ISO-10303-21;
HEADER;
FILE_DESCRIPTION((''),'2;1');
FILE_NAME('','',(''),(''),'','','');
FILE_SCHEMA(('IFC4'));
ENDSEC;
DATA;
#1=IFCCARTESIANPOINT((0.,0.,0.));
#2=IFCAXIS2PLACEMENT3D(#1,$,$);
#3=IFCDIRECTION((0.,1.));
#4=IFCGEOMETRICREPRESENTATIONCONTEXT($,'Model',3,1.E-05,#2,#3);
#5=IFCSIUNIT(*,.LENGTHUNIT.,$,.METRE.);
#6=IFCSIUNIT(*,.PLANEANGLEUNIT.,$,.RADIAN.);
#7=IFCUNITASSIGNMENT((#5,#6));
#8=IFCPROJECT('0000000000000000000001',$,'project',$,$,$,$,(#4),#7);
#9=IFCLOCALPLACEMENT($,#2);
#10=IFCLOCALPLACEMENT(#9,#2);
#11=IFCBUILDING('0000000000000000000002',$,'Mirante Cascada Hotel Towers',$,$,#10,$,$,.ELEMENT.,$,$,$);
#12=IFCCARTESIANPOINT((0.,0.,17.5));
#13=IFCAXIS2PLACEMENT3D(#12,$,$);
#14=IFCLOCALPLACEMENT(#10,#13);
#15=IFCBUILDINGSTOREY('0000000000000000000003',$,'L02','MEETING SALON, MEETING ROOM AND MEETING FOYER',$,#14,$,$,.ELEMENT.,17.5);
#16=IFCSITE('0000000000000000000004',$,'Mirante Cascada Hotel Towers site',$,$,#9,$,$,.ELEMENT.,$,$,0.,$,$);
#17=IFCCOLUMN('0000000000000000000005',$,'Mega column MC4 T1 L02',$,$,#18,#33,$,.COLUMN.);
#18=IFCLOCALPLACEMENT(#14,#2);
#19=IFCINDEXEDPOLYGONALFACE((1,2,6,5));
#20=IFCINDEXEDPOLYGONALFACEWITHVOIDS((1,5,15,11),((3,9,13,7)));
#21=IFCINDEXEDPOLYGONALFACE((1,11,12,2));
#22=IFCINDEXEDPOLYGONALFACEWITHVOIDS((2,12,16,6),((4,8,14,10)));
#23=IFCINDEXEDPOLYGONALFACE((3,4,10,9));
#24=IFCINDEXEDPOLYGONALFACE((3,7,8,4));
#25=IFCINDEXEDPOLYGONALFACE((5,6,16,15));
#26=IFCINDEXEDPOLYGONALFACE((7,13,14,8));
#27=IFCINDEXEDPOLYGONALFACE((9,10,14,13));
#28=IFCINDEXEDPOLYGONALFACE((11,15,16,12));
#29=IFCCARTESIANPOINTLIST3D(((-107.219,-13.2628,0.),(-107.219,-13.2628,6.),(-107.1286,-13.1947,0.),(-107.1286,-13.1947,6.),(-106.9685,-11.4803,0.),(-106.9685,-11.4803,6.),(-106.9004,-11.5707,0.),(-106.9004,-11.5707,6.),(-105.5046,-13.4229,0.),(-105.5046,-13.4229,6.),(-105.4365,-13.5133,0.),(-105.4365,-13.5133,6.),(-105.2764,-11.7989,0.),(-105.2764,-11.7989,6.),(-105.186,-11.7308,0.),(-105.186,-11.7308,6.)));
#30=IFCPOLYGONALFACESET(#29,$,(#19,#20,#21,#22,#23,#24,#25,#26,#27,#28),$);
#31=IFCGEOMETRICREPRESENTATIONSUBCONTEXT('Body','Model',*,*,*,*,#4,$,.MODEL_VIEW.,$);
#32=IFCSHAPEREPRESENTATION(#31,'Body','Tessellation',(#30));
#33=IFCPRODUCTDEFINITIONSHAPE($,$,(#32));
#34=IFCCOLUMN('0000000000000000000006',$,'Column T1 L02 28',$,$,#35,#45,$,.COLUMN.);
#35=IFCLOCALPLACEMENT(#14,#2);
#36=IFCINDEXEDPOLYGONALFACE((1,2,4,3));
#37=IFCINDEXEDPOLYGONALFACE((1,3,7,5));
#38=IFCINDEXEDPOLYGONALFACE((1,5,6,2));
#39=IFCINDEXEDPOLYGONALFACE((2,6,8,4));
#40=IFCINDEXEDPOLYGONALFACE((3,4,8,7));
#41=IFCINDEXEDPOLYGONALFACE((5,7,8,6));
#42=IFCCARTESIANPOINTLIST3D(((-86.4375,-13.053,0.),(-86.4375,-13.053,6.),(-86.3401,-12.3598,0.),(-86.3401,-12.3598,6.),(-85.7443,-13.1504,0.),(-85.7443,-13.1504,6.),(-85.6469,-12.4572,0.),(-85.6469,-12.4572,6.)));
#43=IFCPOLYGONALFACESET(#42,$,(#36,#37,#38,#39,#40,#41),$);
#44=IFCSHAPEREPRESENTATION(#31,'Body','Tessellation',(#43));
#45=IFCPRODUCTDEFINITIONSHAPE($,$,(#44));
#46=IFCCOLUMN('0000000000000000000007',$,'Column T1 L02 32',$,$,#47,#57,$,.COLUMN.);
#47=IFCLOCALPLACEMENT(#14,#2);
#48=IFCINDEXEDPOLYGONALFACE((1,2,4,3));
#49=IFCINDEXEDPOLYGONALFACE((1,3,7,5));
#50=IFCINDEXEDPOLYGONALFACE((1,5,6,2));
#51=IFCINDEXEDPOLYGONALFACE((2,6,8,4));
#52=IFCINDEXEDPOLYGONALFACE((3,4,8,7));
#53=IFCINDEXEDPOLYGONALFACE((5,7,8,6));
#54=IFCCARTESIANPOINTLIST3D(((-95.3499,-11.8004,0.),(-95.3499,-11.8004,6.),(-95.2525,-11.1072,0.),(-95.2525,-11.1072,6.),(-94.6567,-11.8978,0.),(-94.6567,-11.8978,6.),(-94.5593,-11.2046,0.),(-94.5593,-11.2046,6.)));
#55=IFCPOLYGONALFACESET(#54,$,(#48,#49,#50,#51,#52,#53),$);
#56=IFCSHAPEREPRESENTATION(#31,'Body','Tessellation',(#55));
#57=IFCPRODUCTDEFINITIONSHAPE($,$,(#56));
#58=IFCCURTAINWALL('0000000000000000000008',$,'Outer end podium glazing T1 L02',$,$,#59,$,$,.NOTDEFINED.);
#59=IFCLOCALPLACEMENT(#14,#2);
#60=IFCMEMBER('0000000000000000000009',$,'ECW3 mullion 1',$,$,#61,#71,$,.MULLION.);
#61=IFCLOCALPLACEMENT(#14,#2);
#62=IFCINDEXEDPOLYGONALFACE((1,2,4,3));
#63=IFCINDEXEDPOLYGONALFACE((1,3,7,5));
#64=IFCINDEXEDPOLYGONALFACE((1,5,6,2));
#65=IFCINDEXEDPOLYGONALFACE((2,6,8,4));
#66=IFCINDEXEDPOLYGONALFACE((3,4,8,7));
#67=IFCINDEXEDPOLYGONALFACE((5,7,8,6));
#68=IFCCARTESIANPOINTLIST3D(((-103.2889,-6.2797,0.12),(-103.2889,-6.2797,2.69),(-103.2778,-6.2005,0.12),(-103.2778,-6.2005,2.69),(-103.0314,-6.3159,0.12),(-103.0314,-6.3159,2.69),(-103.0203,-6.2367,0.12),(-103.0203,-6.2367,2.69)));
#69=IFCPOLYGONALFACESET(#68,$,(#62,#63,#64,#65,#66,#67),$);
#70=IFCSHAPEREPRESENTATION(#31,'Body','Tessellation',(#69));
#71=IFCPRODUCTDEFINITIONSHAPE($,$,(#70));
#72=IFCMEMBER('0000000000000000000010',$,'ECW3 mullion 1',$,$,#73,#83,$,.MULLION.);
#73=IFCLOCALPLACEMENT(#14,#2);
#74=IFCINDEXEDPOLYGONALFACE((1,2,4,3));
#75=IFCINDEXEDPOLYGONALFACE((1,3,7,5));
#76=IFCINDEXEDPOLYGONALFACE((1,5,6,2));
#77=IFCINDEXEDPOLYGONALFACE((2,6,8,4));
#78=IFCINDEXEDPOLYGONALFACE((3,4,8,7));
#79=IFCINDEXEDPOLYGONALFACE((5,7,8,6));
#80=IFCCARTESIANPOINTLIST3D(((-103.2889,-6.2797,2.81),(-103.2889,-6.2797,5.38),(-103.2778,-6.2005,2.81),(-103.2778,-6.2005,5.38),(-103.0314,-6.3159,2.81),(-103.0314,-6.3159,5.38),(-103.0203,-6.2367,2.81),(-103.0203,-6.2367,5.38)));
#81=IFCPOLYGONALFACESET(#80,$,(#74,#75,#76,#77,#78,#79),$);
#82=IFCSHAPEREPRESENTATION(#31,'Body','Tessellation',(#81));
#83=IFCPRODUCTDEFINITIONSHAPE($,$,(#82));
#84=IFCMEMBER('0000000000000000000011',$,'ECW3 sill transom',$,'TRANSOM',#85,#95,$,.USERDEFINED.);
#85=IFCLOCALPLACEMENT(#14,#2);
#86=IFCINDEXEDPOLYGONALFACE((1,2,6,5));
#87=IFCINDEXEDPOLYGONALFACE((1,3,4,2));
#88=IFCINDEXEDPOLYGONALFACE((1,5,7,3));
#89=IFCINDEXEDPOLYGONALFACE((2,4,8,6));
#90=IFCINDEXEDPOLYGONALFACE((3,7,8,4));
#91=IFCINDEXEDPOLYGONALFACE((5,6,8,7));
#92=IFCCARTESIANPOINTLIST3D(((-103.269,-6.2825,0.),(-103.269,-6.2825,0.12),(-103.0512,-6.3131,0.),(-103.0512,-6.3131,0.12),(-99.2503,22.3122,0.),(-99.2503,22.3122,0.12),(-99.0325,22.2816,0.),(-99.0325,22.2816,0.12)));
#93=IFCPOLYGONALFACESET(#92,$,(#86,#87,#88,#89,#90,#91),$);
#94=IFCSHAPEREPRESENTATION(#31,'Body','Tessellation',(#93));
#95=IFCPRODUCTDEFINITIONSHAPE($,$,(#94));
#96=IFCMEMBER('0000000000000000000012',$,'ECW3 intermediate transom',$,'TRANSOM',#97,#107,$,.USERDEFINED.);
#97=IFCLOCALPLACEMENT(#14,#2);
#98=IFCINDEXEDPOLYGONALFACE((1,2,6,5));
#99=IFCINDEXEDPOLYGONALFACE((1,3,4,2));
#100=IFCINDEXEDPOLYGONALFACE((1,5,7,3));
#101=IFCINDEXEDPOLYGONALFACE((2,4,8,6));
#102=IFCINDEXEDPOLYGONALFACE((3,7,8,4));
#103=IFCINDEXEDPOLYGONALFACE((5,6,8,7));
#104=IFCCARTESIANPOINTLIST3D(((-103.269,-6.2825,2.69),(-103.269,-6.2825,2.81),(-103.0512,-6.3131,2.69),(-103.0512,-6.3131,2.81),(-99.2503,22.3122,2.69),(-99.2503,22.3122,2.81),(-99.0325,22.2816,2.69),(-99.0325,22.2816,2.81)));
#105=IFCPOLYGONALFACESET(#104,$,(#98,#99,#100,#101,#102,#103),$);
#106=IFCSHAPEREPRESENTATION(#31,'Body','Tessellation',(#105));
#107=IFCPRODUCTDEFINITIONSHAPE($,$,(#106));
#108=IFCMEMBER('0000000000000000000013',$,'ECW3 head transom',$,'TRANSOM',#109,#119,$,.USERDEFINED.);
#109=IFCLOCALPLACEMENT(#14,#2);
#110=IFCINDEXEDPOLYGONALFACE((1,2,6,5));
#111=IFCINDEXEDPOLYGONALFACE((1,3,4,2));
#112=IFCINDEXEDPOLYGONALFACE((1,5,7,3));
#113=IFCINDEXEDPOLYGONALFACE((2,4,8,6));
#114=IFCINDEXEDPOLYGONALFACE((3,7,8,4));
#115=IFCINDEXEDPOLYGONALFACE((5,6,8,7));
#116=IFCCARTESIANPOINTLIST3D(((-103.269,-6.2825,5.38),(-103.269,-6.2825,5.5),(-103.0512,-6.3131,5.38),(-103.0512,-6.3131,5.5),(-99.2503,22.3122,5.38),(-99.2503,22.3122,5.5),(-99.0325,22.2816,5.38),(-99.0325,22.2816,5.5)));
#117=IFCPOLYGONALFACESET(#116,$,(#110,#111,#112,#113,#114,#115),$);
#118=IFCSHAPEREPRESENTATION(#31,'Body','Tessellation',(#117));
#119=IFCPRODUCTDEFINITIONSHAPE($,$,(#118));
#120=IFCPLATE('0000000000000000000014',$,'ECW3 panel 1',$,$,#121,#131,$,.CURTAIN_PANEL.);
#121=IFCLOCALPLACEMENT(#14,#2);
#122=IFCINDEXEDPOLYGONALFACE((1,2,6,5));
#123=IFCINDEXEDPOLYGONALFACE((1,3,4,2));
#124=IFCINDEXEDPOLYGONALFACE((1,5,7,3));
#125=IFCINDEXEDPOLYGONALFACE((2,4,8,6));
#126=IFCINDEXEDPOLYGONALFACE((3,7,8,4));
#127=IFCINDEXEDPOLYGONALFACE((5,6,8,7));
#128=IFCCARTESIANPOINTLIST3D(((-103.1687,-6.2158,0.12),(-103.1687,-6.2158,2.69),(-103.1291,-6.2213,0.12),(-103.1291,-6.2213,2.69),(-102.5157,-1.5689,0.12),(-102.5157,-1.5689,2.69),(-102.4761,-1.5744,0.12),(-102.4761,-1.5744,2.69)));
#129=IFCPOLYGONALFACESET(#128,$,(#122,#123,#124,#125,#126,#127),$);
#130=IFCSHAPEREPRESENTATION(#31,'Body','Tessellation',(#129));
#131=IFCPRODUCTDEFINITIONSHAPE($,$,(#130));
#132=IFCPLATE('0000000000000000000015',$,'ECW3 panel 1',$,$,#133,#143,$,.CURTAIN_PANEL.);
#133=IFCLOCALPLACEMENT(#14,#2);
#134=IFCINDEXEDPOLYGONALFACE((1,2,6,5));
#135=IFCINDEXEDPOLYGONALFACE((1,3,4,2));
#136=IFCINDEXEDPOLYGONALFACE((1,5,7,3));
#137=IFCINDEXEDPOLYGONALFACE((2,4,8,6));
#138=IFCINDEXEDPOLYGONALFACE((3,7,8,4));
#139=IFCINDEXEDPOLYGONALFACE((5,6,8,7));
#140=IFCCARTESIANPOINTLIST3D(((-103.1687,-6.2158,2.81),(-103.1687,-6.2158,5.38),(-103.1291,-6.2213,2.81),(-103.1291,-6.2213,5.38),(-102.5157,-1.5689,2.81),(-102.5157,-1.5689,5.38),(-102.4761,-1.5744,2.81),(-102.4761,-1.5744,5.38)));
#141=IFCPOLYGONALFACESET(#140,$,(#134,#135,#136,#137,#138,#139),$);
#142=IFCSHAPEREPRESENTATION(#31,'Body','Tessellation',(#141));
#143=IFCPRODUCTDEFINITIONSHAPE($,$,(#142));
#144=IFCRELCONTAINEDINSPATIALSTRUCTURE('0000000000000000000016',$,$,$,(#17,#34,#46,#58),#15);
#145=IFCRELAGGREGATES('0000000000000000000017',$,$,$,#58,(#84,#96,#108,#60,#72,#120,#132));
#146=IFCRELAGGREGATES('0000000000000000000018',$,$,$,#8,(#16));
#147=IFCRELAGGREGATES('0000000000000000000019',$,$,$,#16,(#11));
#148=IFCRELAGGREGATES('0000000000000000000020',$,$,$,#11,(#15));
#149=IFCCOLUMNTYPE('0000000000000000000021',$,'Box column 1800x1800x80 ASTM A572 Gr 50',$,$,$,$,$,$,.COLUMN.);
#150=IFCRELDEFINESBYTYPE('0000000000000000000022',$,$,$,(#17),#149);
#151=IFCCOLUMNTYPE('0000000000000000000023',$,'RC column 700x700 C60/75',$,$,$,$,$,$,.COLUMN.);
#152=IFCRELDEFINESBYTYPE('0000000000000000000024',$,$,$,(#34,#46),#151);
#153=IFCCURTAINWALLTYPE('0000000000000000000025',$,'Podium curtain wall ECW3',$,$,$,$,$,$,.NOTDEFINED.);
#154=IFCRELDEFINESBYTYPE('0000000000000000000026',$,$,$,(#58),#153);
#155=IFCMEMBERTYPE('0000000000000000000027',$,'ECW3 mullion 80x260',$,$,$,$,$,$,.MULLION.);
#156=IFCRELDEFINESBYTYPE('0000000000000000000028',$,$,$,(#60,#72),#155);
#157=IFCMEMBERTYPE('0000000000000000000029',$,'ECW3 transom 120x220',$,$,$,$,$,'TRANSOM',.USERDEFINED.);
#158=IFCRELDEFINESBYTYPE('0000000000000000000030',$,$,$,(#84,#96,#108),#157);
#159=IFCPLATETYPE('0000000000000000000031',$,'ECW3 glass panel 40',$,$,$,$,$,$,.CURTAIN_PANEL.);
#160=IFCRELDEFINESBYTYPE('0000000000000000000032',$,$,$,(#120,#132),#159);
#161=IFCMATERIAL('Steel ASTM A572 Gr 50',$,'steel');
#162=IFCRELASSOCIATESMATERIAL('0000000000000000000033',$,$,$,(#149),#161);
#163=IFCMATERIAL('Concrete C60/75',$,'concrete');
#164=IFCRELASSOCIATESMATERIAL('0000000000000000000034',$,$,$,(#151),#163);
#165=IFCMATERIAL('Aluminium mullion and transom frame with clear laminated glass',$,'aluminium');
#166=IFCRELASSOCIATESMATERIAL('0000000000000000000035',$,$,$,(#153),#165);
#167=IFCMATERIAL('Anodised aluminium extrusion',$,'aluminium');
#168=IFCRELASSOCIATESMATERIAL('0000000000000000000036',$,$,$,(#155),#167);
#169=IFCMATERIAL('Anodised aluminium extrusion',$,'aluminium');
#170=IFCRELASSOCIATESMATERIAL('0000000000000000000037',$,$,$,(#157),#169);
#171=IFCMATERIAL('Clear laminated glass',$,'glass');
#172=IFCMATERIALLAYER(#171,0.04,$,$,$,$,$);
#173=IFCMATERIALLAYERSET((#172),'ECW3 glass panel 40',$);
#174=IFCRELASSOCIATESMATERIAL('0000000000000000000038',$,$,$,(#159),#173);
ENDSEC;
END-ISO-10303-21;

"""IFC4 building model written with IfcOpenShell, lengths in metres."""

from ifc_helpers import new_model, si_unit, direction, frame, origin, origin_2d, place, context, subcontext, project, spatial, rectangle, hollow_rectangle, extrude, material, layer, layer_set, material_profile, profile_set, type_object, element, aggregate, save


model = new_model("IFC4")

# Units and contexts
model_context = context("Model", 3, precision=1e-05, world=origin(), true_north=direction((0.0, 1.0)))
body_context = subcontext(model_context, "Body", "Model", "MODEL_VIEW")
ifc_project = project(units=[si_unit("LENGTHUNIT", "METRE"), si_unit("PLANEANGLEUNIT", "RADIAN")], contexts=[model_context])

# Site, building, storey
site_placement = place(None, origin())
site = spatial("IfcSite", under=ifc_project, at=site_placement, Name="Mirante Cascada Hotel Towers site", CompositionType="ELEMENT", RefElevation=0.0)
building_placement = place(site_placement, origin())
building = spatial("IfcBuilding", under=site, at=building_placement, Name="Mirante Cascada Hotel Towers", CompositionType="ELEMENT")
storey_placement = place(building_placement, frame((0.0, 0.0, 17.5)))
storey = spatial("IfcBuildingStorey", under=building, at=storey_placement, Name="L02", Description="MEETING SALON, MEETING ROOM AND MEETING FOYER", CompositionType="ELEMENT", Elevation=17.5)

# Columns
ifc_material_1 = material(Name="Steel ASTM A572 Gr 50", Category="steel")
ifc_material_profile_1 = material_profile(ifc_material_1, hollow_rectangle(XDim=1.8, YDim=1.8, WallThickness=0.08, at=origin_2d()), Name="Box column 1800x1800x80 ASTM A572 Gr 50")
ifc_profile_set_1 = profile_set([ifc_material_profile_1], Name="Steel ASTM A572 Gr 50")
column_type_1 = type_object("IfcColumnType", Name="Box column 1800x1800x80 ASTM A572 Gr 50", PredefinedType="COLUMN", material=ifc_profile_set_1)
column_placement = place(storey_placement, frame((-106.2025, -12.4968, 0.0), z_axis=(0.0, 0.0, 1.0), x_axis=(-0.990268, 0.139173, 0.0)))
element("IfcColumn", 1, at=column_placement, inside=storey, type_object=column_type_1, Name="Mega column MC4 T1 L02", PredefinedType="COLUMN", context=body_context, shape_type="SweptSolid", body=[
    extrude(hollow_rectangle(XDim=1.8, YDim=1.8, WallThickness=0.08, at=origin_2d()), origin(), (0.0, 0.0, 1.0), 6.0),
])
ifc_material_2 = material(Name="Concrete C60/75", Category="concrete")
ifc_material_profile_2 = material_profile(ifc_material_2, rectangle(XDim=0.7, YDim=0.7, at=origin_2d()), Name="RC column 700x700 C60/75")
ifc_profile_set_2 = profile_set([ifc_material_profile_2], Name="Concrete C60/75")
column_type_2 = type_object("IfcColumnType", Name="RC column 700x700 C60/75", PredefinedType="COLUMN", material=ifc_profile_set_2)
for number, where, z_axis, x_axis, name in (
    (2, (-86.0422, -12.7551, 0.0), (0.0, 0.0, 1.0), (-0.990268, 0.139173, 0.0), "Column T1 L02 28"),
    (3, (-94.9546, -11.5025, 0.0), (0.0, 0.0, 1.0), (-0.990268, 0.139173, 0.0), "Column T1 L02 32"),
):
    element("IfcColumn", number, at=place(storey_placement, frame(where, z_axis=z_axis, x_axis=x_axis)), inside=storey, type_object=column_type_2, Name=name, PredefinedType="COLUMN", context=body_context, shape_type="SweptSolid", body=[
        extrude(rectangle(XDim=0.7, YDim=0.7, at=origin_2d()), origin(), (0.0, 0.0, 1.0), 6.0),
    ])

# Curtain wall, members, plates
ifc_material_3 = material(Name="Aluminium mullion and transom frame with clear laminated glass", Category="aluminium")
curtain_wall_type = type_object("IfcCurtainWallType", Name="Podium curtain wall ECW3", PredefinedType="NOTDEFINED", material=ifc_material_3)
curtain_wall_placement = place(storey_placement, origin())
curtain_wall = element("IfcCurtainWall", 4, at=curtain_wall_placement, inside=storey, type_object=curtain_wall_type, Name="Outer end podium glazing T1 L02", PredefinedType="NOTDEFINED")
ifc_material_4 = material(Name="Anodised aluminium extrusion", Category="aluminium")
ifc_material_profile_3 = material_profile(ifc_material_4, rectangle(XDim=0.26, YDim=0.08, at=origin_2d()), Name="ECW3 MULLION 80x260")
ifc_profile_set_3 = profile_set([ifc_material_profile_3], Name="Anodised aluminium extrusion")
member_type_1 = type_object("IfcMemberType", Name="ECW3 mullion 80x260", PredefinedType="MULLION", material=ifc_profile_set_3)
member_1_placement = place(storey_placement, frame((-103.1546, -6.2582, 0.12), z_axis=(0.0, 0.0, 1.0), x_axis=(-0.990268, 0.139173, 0.0)))
member_1 = element("IfcMember", 5, at=member_1_placement, type_object=member_type_1, Name="ECW3 mullion 1", PredefinedType="MULLION", context=body_context, shape_type="SweptSolid", body=[
    extrude(rectangle(XDim=0.26, YDim=0.08, at=origin_2d()), origin(), (0.0, 0.0, 1.0), 2.57),
])
member_2_placement = place(storey_placement, frame((-103.1546, -6.2582, 2.81), z_axis=(0.0, 0.0, 1.0), x_axis=(-0.990268, 0.139173, 0.0)))
member_2 = element("IfcMember", 6, at=member_2_placement, type_object=member_type_1, Name="ECW3 mullion 1", PredefinedType="MULLION", context=body_context, shape_type="SweptSolid", body=[
    extrude(rectangle(XDim=0.26, YDim=0.08, at=origin_2d()), origin(), (0.0, 0.0, 1.0), 2.57),
])
ifc_material_5 = material(Name="Anodised aluminium extrusion", Category="aluminium")
ifc_material_profile_4 = material_profile(ifc_material_5, rectangle(XDim=0.22, YDim=0.12, at=origin_2d()), Name="ECW3 TRANSOM 120x220")
ifc_profile_set_4 = profile_set([ifc_material_profile_4], Name="Anodised aluminium extrusion")
member_type_2 = type_object("IfcMemberType", Name="ECW3 transom 120x220", ElementType="TRANSOM", PredefinedType="USERDEFINED", material=ifc_profile_set_4)
member_3_placement = place(storey_placement, frame((-103.1601, -6.2978, 0.06), z_axis=(0.139172, 0.990268, 0.0), x_axis=(-0.990268, 0.139172, 0.0)))
member_3 = element("IfcMember", 7, at=member_3_placement, type_object=member_type_2, Name="ECW3 sill transom", ObjectType="TRANSOM", PredefinedType="USERDEFINED", context=body_context, shape_type="SweptSolid", body=[
    extrude(rectangle(XDim=0.22, YDim=0.12, at=origin_2d()), origin(), (0.0, 0.0, 1.0), 28.8757),
])
member_4_placement = place(storey_placement, frame((-103.1601, -6.2978, 2.75), z_axis=(0.139172, 0.990268, 0.0), x_axis=(-0.990268, 0.139172, 0.0)))
member_4 = element("IfcMember", 8, at=member_4_placement, type_object=member_type_2, Name="ECW3 intermediate transom", ObjectType="TRANSOM", PredefinedType="USERDEFINED", context=body_context, shape_type="SweptSolid", body=[
    extrude(rectangle(XDim=0.22, YDim=0.12, at=origin_2d()), origin(), (0.0, 0.0, 1.0), 28.8757),
])
member_5_placement = place(storey_placement, frame((-103.1601, -6.2978, 5.44), z_axis=(0.139172, 0.990268, 0.0), x_axis=(-0.990268, 0.139172, 0.0)))
member_5 = element("IfcMember", 9, at=member_5_placement, type_object=member_type_2, Name="ECW3 head transom", ObjectType="TRANSOM", PredefinedType="USERDEFINED", context=body_context, shape_type="SweptSolid", body=[
    extrude(rectangle(XDim=0.22, YDim=0.12, at=origin_2d()), origin(), (0.0, 0.0, 1.0), 28.8757),
])
ifc_material_6 = material(Name="Clear laminated glass", Category="glass")
ifc_layer_1 = layer(ifc_material_6, 0.04)
ifc_layer_set_1 = layer_set([ifc_layer_1], Name="ECW3 glass panel 40")
plate_type = type_object("IfcPlateType", Name="ECW3 glass panel 40", PredefinedType="CURTAIN_PANEL", material=ifc_layer_set_1)
plate_1_placement = place(storey_placement, frame((-102.8224, -3.8951, 0.12), z_axis=(0.0, 0.0, 1.0), x_axis=(0.139173, 0.990268, 0.0)))
plate_1 = element("IfcPlate", 10, at=plate_1_placement, type_object=plate_type, Name="ECW3 panel 1", PredefinedType="CURTAIN_PANEL", context=body_context, shape_type="SweptSolid", body=[
    extrude(rectangle(XDim=4.6926, YDim=0.04, at=origin_2d()), origin(), (0.0, 0.0, 1.0), 2.57),
])
plate_2_placement = place(storey_placement, frame((-102.8224, -3.8951, 2.81), z_axis=(0.0, 0.0, 1.0), x_axis=(0.139173, 0.990268, 0.0)))
plate_2 = element("IfcPlate", 11, at=plate_2_placement, type_object=plate_type, Name="ECW3 panel 1", PredefinedType="CURTAIN_PANEL", context=body_context, shape_type="SweptSolid", body=[
    extrude(rectangle(XDim=4.6926, YDim=0.04, at=origin_2d()), origin(), (0.0, 0.0, 1.0), 2.57),
])
aggregate(curtain_wall, [member_3, member_4, member_5, member_1, member_2, plate_1, plate_2])

save(model, "model.ifc")
